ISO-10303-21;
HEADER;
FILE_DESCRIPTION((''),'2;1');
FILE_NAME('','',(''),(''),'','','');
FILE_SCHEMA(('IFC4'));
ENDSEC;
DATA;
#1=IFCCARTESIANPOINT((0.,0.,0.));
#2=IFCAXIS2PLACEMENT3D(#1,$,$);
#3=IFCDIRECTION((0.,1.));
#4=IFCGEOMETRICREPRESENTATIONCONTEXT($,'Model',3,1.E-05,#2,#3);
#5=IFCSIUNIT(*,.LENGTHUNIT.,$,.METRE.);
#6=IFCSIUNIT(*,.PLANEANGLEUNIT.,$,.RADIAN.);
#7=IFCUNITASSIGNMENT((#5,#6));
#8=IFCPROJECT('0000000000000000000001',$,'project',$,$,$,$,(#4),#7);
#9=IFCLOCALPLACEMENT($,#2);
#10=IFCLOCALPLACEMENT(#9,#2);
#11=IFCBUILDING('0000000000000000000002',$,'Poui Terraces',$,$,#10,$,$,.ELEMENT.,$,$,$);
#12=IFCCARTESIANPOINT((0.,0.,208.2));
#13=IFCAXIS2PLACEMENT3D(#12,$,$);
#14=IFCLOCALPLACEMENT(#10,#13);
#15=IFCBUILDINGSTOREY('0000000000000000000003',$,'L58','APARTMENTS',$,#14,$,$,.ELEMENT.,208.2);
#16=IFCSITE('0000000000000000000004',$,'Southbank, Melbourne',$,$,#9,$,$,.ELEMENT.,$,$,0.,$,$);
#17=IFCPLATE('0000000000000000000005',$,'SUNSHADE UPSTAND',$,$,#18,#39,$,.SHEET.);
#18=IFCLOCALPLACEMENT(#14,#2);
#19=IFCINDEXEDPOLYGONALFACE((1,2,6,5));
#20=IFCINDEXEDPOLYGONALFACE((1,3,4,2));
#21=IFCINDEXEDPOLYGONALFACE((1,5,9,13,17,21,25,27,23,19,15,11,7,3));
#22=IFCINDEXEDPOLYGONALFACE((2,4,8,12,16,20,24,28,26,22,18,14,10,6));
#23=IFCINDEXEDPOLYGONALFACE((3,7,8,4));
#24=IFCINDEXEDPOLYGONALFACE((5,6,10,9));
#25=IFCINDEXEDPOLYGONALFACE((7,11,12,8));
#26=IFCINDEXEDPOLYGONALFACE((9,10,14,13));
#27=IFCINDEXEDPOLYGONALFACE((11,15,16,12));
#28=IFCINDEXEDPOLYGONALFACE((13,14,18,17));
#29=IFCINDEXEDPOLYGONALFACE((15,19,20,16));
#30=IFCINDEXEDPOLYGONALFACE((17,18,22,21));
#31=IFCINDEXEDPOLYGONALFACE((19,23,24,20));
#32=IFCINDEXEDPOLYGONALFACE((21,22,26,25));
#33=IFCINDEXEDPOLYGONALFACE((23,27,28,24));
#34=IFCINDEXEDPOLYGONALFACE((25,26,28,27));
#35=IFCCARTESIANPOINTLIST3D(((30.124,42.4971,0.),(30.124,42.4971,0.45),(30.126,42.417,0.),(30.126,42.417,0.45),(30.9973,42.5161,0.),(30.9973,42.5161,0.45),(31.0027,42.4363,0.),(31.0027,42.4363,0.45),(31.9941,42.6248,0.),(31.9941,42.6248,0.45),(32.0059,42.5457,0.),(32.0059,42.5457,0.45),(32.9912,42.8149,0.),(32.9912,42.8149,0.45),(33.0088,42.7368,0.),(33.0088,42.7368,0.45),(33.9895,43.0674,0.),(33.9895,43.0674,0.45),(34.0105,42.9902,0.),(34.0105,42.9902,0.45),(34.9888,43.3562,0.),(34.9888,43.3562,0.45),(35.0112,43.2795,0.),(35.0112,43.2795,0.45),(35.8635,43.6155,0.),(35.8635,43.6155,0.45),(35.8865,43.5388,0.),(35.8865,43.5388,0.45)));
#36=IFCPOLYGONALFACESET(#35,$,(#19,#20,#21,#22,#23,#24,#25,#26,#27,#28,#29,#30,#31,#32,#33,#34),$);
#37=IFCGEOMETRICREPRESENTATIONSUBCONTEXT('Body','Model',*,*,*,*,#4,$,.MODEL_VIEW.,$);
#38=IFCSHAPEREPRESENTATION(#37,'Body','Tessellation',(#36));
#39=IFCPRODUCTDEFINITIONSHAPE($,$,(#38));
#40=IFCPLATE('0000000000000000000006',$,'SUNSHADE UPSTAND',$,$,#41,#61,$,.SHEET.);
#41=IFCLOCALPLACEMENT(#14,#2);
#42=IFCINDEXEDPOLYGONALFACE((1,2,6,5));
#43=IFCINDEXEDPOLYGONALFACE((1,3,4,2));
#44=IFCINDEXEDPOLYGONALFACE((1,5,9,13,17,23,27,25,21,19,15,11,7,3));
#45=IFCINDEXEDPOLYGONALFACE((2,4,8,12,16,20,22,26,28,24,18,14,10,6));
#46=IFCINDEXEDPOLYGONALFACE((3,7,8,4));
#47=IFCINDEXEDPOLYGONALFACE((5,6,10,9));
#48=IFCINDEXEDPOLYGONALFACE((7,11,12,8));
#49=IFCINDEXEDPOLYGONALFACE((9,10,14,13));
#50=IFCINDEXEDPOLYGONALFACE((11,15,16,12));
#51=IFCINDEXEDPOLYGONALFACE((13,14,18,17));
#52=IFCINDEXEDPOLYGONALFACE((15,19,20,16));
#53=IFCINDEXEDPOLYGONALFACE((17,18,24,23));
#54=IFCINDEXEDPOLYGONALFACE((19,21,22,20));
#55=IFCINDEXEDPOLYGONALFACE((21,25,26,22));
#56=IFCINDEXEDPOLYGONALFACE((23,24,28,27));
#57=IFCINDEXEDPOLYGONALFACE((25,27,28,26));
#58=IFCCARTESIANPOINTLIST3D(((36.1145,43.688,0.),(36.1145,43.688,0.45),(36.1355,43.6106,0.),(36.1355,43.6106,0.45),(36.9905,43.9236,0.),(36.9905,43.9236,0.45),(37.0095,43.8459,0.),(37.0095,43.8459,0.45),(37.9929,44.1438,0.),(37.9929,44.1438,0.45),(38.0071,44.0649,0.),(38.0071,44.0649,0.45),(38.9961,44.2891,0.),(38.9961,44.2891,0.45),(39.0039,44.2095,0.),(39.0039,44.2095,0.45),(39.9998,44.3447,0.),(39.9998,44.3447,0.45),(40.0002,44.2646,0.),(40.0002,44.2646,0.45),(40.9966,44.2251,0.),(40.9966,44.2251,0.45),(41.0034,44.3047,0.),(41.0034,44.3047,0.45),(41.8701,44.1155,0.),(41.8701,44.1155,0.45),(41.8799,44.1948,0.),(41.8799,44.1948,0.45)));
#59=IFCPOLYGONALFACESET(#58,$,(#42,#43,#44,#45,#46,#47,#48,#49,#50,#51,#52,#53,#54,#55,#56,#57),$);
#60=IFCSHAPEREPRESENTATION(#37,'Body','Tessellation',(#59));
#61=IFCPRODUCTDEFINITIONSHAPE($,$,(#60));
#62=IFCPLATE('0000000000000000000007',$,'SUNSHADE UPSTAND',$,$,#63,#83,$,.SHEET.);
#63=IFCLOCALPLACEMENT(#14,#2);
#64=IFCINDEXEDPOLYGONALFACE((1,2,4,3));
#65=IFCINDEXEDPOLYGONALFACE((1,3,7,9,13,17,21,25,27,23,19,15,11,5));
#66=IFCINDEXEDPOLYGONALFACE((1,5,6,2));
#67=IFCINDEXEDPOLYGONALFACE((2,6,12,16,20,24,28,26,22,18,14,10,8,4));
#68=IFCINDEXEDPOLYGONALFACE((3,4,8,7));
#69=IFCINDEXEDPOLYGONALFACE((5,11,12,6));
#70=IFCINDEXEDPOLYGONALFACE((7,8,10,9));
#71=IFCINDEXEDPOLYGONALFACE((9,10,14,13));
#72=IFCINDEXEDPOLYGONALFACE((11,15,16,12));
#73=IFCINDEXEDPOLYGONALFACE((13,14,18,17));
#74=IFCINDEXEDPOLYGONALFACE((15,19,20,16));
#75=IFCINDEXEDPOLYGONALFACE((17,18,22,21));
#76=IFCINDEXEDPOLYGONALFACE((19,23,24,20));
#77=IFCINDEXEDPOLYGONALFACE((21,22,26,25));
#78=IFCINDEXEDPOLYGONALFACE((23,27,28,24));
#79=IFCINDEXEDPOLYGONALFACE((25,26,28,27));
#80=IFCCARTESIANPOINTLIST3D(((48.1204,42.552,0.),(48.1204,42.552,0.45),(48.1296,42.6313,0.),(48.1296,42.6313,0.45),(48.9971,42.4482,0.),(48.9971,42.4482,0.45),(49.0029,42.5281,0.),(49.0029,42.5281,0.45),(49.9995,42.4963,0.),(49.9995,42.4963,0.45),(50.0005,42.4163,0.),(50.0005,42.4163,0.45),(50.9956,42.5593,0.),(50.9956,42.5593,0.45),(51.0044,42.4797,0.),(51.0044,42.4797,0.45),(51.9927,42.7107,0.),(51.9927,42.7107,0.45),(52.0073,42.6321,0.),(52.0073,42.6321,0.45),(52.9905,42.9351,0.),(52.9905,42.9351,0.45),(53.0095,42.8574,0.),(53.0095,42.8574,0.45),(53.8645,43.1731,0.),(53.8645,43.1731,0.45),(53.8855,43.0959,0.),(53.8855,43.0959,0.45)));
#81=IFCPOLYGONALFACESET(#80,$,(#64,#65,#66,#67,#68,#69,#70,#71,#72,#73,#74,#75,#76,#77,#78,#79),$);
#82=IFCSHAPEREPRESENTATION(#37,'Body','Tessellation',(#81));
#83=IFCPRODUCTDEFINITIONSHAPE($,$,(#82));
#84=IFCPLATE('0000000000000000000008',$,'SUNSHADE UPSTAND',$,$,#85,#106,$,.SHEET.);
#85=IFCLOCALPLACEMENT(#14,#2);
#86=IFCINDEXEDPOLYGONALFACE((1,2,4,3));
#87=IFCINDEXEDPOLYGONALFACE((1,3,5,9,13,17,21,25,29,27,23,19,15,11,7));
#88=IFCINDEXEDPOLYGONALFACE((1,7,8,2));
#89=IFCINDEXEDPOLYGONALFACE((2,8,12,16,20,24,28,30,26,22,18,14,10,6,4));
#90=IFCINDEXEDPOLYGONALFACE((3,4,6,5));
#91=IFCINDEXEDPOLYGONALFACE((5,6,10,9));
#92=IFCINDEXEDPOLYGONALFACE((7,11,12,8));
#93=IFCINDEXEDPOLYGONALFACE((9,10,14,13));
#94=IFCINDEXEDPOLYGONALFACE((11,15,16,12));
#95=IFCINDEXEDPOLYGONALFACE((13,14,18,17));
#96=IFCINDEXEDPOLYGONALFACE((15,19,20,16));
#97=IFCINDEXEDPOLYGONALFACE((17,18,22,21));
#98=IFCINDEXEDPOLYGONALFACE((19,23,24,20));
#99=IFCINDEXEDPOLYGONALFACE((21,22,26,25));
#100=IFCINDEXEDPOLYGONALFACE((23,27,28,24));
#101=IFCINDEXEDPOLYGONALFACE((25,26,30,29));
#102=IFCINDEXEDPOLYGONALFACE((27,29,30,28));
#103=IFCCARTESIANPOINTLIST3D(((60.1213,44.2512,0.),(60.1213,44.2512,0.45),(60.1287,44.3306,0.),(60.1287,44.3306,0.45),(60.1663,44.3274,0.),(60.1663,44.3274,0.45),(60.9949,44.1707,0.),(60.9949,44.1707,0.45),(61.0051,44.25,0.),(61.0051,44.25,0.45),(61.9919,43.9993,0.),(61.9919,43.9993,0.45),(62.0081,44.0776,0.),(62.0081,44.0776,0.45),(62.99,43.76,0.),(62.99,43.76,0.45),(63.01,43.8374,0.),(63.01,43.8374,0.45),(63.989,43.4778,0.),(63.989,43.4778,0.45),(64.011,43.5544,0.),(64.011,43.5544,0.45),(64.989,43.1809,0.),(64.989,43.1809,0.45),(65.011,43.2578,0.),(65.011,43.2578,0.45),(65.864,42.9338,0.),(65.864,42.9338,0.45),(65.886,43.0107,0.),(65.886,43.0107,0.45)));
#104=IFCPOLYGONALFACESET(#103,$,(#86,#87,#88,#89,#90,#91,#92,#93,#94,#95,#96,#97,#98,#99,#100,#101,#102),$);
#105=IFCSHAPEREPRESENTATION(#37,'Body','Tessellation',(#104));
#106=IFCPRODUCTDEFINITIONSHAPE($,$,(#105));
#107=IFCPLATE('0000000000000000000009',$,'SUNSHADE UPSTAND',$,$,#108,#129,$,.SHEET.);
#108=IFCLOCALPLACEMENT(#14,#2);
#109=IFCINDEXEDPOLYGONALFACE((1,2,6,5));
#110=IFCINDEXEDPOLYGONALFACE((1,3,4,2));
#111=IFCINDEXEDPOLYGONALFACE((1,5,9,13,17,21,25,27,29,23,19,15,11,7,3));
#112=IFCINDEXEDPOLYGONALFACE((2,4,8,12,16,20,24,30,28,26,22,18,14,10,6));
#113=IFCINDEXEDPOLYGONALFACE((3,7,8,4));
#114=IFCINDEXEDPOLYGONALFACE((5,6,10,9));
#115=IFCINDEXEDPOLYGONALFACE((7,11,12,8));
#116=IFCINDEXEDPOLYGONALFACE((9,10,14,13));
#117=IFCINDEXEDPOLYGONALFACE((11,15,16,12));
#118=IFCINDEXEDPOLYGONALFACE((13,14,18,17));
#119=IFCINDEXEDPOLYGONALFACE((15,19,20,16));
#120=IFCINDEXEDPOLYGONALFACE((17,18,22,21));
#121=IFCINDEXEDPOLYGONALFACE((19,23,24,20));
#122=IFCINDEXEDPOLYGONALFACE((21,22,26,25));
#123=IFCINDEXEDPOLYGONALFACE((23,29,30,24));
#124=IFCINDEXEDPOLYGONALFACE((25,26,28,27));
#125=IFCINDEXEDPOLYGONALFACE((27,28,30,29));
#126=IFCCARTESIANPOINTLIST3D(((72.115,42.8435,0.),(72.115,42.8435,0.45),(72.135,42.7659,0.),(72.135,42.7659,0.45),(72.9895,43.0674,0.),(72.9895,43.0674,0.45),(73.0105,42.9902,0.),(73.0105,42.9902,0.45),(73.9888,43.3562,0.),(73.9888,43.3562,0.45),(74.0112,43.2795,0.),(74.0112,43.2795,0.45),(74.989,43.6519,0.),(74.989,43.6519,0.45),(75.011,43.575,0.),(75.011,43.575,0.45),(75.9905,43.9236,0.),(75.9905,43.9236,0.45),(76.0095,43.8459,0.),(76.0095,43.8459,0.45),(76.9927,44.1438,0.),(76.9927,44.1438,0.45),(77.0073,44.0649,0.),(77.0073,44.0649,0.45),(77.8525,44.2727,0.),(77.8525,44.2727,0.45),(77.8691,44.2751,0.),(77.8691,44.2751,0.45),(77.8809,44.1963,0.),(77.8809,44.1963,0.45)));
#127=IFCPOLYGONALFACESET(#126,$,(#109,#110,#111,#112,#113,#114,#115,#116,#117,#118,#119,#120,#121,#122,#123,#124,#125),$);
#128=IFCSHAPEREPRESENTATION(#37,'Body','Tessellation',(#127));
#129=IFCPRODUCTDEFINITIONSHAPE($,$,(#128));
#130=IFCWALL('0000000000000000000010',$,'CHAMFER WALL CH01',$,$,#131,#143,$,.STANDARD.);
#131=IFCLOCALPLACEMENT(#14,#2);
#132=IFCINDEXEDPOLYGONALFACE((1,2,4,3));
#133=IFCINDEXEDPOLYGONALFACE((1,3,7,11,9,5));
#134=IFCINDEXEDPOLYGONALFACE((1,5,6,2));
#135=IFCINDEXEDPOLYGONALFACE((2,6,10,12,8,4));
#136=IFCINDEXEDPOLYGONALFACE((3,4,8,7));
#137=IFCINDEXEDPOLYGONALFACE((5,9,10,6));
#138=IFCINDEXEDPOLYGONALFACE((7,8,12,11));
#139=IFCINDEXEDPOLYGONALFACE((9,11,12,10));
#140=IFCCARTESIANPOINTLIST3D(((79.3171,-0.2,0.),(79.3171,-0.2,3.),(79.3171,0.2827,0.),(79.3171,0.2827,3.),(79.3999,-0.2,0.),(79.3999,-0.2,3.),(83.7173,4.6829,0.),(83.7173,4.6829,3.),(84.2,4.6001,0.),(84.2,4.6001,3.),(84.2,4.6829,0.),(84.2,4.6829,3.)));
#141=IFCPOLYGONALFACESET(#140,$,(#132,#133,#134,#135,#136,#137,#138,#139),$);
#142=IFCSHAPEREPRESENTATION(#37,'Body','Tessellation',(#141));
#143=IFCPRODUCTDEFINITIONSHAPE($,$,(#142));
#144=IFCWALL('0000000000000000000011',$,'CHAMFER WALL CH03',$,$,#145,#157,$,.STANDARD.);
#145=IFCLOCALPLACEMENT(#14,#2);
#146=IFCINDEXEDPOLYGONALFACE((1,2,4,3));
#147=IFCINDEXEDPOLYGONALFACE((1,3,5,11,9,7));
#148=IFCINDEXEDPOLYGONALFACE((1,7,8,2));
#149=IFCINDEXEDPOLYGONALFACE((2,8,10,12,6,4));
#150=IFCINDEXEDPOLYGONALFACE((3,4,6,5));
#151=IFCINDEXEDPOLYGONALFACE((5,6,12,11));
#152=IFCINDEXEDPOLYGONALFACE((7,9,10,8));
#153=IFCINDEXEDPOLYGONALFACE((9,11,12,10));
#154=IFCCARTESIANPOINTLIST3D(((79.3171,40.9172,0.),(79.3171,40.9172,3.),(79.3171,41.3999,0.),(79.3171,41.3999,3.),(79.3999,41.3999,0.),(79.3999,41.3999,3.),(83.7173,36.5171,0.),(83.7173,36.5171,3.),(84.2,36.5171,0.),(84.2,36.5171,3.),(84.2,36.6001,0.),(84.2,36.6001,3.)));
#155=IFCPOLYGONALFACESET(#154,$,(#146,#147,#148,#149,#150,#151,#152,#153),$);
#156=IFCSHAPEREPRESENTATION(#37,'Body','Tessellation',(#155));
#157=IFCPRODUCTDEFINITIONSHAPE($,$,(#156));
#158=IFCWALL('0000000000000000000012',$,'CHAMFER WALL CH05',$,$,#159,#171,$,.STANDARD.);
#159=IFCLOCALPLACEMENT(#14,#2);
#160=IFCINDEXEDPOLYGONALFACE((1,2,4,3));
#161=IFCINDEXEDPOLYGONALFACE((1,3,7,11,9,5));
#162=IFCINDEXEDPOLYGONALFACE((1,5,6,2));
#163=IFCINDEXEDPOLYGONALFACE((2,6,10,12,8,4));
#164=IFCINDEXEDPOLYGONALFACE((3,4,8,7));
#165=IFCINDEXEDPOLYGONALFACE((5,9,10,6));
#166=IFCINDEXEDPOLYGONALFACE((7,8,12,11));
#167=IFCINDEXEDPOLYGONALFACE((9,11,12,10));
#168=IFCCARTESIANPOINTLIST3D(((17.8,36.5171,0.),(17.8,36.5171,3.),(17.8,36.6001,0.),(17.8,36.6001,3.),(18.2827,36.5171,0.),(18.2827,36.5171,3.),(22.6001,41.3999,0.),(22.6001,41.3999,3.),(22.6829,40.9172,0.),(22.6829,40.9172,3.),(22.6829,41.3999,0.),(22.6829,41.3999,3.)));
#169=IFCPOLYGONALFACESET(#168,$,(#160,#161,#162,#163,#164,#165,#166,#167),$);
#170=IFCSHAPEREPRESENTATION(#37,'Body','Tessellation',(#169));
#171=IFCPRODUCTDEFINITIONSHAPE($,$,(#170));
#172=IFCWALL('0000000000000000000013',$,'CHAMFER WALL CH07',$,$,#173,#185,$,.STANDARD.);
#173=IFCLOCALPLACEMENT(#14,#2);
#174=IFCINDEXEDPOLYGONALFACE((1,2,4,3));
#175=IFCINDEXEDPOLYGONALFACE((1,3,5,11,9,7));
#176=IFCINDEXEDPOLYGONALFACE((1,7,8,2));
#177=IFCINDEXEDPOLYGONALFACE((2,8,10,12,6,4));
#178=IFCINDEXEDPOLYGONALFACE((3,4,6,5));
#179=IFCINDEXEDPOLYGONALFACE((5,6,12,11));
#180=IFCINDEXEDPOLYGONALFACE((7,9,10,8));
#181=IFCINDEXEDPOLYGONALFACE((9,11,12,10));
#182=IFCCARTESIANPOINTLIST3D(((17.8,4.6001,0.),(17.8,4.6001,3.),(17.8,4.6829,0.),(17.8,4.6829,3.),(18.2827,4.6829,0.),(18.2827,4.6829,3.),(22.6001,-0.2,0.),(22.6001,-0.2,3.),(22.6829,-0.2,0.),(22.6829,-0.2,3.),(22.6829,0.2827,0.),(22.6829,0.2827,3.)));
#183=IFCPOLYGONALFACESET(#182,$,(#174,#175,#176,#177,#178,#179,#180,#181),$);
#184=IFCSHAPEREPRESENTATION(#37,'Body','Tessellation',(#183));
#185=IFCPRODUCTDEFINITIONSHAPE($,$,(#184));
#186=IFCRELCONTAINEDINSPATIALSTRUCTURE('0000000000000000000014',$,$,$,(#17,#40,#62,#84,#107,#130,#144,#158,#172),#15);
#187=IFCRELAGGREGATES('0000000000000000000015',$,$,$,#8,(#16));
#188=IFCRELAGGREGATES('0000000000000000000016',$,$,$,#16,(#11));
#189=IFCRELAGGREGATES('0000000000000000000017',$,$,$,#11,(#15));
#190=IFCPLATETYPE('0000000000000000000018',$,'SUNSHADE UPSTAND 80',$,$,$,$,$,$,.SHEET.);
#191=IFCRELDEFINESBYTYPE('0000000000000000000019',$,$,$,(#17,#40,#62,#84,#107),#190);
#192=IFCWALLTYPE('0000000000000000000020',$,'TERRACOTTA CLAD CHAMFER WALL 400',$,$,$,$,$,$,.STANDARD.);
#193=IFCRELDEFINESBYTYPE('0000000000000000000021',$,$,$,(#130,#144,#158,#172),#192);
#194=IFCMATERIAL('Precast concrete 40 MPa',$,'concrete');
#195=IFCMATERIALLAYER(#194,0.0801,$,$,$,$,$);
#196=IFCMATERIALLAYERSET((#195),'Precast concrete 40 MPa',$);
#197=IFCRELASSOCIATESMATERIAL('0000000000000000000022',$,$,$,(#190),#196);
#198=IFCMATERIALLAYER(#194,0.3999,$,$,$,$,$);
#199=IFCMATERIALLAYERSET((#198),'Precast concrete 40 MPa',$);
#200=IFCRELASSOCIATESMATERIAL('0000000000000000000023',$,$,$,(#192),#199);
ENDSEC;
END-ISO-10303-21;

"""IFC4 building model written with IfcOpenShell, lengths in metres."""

from ifc_helpers import new_model, si_unit, direction, frame, origin, place, context, subcontext, project, spatial, polyline, outline, extrude, material, layer, layer_set, type_object, element, save


model = new_model("IFC4")

# Units and contexts
model_context = context("Model", 3, precision=1e-05, world=origin(), true_north=direction((0.0, 1.0)))
body_context = subcontext(model_context, "Body", "Model", "MODEL_VIEW")
ifc_project = project(units=[si_unit("LENGTHUNIT", "METRE"), si_unit("PLANEANGLEUNIT", "RADIAN")], contexts=[model_context])

# Site, building, storey
site_placement = place(None, origin())
site = spatial("IfcSite", under=ifc_project, at=site_placement, Name="Southbank, Melbourne", CompositionType="ELEMENT", RefElevation=0.0)
building_placement = place(site_placement, origin())
building = spatial("IfcBuilding", under=site, at=building_placement, Name="Poui Terraces", CompositionType="ELEMENT")
storey_placement = place(building_placement, frame((0.0, 0.0, 208.2)))
storey = spatial("IfcBuildingStorey", under=building, at=storey_placement, Name="L58", Description="APARTMENTS", CompositionType="ELEMENT", Elevation=208.2)

# Shared definitions
ifc_material_1 = material(Name="Precast concrete 40 MPa", Category="concrete")

# Plates
ifc_layer_1 = layer(ifc_material_1, 0.0801)
ifc_layer_set_1 = layer_set([ifc_layer_1], Name="Precast concrete 40 MPa")
plate_type = type_object("IfcPlateType", Name="SUNSHADE UPSTAND 80", PredefinedType="SHEET", material=ifc_layer_set_1)
plate_1_placement = place(storey_placement, origin())
element("IfcPlate", 1, at=plate_1_placement, inside=storey, type_object=plate_type, Name="SUNSHADE UPSTAND", PredefinedType="SHEET", context=body_context, shape_type="SweptSolid", body=[
    extrude(outline(polyline([(30.9973, 42.5161), (30.124, 42.4971), (30.126, 42.417), (31.0027, 42.4363), (32.0059, 42.5457), (33.0088, 42.7368), (34.0105, 42.9902), (35.0112, 43.2795), (35.8865, 43.5388), (35.8635, 43.6155), (34.9888, 43.3562), (33.9895, 43.0674), (32.9912, 42.8149), (31.9941, 42.6248), (30.9973, 42.5161)])), origin(), (0.0, 0.0, 1.0), 0.45),
])
plate_2_placement = place(storey_placement, origin())
element("IfcPlate", 2, at=plate_2_placement, inside=storey, type_object=plate_type, Name="SUNSHADE UPSTAND", PredefinedType="SHEET", context=body_context, shape_type="SweptSolid", body=[
    extrude(outline(polyline([(36.9905, 43.9236), (36.1145, 43.688), (36.1355, 43.6106), (37.0095, 43.8459), (38.0071, 44.0649), (39.0039, 44.2095), (40.0002, 44.2646), (40.9966, 44.2251), (41.8701, 44.1155), (41.8799, 44.1948), (41.0034, 44.3047), (39.9998, 44.3447), (38.9961, 44.2891), (37.9929, 44.1438), (36.9905, 43.9236)])), origin(), (0.0, 0.0, 1.0), 0.45),
])
plate_3_placement = place(storey_placement, origin())
element("IfcPlate", 3, at=plate_3_placement, inside=storey, type_object=plate_type, Name="SUNSHADE UPSTAND", PredefinedType="SHEET", context=body_context, shape_type="SweptSolid", body=[
    extrude(outline(polyline([(49.0029, 42.5281), (48.1296, 42.6313), (48.1204, 42.552), (48.9971, 42.4482), (50.0005, 42.4163), (51.0044, 42.4797), (52.0073, 42.6321), (53.0095, 42.8574), (53.8855, 43.0959), (53.8645, 43.1731), (52.9905, 42.9351), (51.9927, 42.7107), (50.9956, 42.5593), (49.9995, 42.4963), (49.0029, 42.5281)])), origin(), (0.0, 0.0, 1.0), 0.45),
])
plate_4_placement = place(storey_placement, origin())
element("IfcPlate", 4, at=plate_4_placement, inside=storey, type_object=plate_type, Name="SUNSHADE UPSTAND", PredefinedType="SHEET", context=body_context, shape_type="SweptSolid", body=[
    extrude(outline(polyline([(61.0051, 44.25), (60.1663, 44.3274), (60.1287, 44.3306), (60.1213, 44.2512), (60.9949, 44.1707), (61.9919, 43.9993), (62.99, 43.76), (63.989, 43.4778), (64.989, 43.1809), (65.864, 42.9338), (65.886, 43.0107), (65.011, 43.2578), (64.011, 43.5544), (63.01, 43.8374), (62.0081, 44.0776), (61.0051, 44.25)])), origin(), (0.0, 0.0, 1.0), 0.45),
])
plate_5_placement = place(storey_placement, origin())
element("IfcPlate", 5, at=plate_5_placement, inside=storey, type_object=plate_type, Name="SUNSHADE UPSTAND", PredefinedType="SHEET", context=body_context, shape_type="SweptSolid", body=[
    extrude(outline(polyline([(72.9895, 43.0674), (72.115, 42.8435), (72.135, 42.7659), (73.0105, 42.9902), (74.0112, 43.2795), (75.011, 43.575), (76.0095, 43.8459), (77.0073, 44.0649), (77.8809, 44.1963), (77.8691, 44.2751), (77.8525, 44.2727), (76.9927, 44.1438), (75.9905, 43.9236), (74.989, 43.6519), (73.9888, 43.3562), (72.9895, 43.0674)])), origin(), (0.0, 0.0, 1.0), 0.45),
])

# Walls
ifc_layer_2 = layer(ifc_material_1, 0.3999)
ifc_layer_set_2 = layer_set([ifc_layer_2], Name="Precast concrete 40 MPa")
wall_type = type_object("IfcWallType", Name="TERRACOTTA CLAD CHAMFER WALL 400", PredefinedType="STANDARD", material=ifc_layer_set_2)
wall_1_placement = place(storey_placement, origin())
element("IfcWall", 6, at=wall_1_placement, inside=storey, type_object=wall_type, Name="CHAMFER WALL CH01", PredefinedType="STANDARD", context=body_context, shape_type="SweptSolid", body=[
    extrude(outline(polyline([(79.3171, -0.2), (79.3999, -0.2), (84.2, 4.6001), (84.2, 4.6829), (83.7173, 4.6829), (79.3171, 0.2827), (79.3171, -0.2)])), origin(), (0.0, 0.0, 1.0), 3.0),
])
wall_2_placement = place(storey_placement, origin())
element("IfcWall", 7, at=wall_2_placement, inside=storey, type_object=wall_type, Name="CHAMFER WALL CH03", PredefinedType="STANDARD", context=body_context, shape_type="SweptSolid", body=[
    extrude(outline(polyline([(84.2, 36.5171), (84.2, 36.6001), (79.3999, 41.3999), (79.3171, 41.3999), (79.3171, 40.9172), (83.7173, 36.5171), (84.2, 36.5171)])), origin(), (0.0, 0.0, 1.0), 3.0),
])
wall_3_placement = place(storey_placement, origin())
element("IfcWall", 8, at=wall_3_placement, inside=storey, type_object=wall_type, Name="CHAMFER WALL CH05", PredefinedType="STANDARD", context=body_context, shape_type="SweptSolid", body=[
    extrude(outline(polyline([(22.6829, 41.3999), (22.6001, 41.3999), (17.8, 36.6001), (17.8, 36.5171), (18.2827, 36.5171), (22.6829, 40.9172), (22.6829, 41.3999)])), origin(), (0.0, 0.0, 1.0), 3.0),
])
wall_4_placement = place(storey_placement, origin())
element("IfcWall", 9, at=wall_4_placement, inside=storey, type_object=wall_type, Name="CHAMFER WALL CH07", PredefinedType="STANDARD", context=body_context, shape_type="SweptSolid", body=[
    extrude(outline(polyline([(17.8, 4.6829), (17.8, 4.6001), (22.6001, -0.2), (22.6829, -0.2), (22.6829, 0.2827), (18.2827, 4.6829), (17.8, 4.6829)])), origin(), (0.0, 0.0, 1.0), 3.0),
])

save(model, "model.ifc")
